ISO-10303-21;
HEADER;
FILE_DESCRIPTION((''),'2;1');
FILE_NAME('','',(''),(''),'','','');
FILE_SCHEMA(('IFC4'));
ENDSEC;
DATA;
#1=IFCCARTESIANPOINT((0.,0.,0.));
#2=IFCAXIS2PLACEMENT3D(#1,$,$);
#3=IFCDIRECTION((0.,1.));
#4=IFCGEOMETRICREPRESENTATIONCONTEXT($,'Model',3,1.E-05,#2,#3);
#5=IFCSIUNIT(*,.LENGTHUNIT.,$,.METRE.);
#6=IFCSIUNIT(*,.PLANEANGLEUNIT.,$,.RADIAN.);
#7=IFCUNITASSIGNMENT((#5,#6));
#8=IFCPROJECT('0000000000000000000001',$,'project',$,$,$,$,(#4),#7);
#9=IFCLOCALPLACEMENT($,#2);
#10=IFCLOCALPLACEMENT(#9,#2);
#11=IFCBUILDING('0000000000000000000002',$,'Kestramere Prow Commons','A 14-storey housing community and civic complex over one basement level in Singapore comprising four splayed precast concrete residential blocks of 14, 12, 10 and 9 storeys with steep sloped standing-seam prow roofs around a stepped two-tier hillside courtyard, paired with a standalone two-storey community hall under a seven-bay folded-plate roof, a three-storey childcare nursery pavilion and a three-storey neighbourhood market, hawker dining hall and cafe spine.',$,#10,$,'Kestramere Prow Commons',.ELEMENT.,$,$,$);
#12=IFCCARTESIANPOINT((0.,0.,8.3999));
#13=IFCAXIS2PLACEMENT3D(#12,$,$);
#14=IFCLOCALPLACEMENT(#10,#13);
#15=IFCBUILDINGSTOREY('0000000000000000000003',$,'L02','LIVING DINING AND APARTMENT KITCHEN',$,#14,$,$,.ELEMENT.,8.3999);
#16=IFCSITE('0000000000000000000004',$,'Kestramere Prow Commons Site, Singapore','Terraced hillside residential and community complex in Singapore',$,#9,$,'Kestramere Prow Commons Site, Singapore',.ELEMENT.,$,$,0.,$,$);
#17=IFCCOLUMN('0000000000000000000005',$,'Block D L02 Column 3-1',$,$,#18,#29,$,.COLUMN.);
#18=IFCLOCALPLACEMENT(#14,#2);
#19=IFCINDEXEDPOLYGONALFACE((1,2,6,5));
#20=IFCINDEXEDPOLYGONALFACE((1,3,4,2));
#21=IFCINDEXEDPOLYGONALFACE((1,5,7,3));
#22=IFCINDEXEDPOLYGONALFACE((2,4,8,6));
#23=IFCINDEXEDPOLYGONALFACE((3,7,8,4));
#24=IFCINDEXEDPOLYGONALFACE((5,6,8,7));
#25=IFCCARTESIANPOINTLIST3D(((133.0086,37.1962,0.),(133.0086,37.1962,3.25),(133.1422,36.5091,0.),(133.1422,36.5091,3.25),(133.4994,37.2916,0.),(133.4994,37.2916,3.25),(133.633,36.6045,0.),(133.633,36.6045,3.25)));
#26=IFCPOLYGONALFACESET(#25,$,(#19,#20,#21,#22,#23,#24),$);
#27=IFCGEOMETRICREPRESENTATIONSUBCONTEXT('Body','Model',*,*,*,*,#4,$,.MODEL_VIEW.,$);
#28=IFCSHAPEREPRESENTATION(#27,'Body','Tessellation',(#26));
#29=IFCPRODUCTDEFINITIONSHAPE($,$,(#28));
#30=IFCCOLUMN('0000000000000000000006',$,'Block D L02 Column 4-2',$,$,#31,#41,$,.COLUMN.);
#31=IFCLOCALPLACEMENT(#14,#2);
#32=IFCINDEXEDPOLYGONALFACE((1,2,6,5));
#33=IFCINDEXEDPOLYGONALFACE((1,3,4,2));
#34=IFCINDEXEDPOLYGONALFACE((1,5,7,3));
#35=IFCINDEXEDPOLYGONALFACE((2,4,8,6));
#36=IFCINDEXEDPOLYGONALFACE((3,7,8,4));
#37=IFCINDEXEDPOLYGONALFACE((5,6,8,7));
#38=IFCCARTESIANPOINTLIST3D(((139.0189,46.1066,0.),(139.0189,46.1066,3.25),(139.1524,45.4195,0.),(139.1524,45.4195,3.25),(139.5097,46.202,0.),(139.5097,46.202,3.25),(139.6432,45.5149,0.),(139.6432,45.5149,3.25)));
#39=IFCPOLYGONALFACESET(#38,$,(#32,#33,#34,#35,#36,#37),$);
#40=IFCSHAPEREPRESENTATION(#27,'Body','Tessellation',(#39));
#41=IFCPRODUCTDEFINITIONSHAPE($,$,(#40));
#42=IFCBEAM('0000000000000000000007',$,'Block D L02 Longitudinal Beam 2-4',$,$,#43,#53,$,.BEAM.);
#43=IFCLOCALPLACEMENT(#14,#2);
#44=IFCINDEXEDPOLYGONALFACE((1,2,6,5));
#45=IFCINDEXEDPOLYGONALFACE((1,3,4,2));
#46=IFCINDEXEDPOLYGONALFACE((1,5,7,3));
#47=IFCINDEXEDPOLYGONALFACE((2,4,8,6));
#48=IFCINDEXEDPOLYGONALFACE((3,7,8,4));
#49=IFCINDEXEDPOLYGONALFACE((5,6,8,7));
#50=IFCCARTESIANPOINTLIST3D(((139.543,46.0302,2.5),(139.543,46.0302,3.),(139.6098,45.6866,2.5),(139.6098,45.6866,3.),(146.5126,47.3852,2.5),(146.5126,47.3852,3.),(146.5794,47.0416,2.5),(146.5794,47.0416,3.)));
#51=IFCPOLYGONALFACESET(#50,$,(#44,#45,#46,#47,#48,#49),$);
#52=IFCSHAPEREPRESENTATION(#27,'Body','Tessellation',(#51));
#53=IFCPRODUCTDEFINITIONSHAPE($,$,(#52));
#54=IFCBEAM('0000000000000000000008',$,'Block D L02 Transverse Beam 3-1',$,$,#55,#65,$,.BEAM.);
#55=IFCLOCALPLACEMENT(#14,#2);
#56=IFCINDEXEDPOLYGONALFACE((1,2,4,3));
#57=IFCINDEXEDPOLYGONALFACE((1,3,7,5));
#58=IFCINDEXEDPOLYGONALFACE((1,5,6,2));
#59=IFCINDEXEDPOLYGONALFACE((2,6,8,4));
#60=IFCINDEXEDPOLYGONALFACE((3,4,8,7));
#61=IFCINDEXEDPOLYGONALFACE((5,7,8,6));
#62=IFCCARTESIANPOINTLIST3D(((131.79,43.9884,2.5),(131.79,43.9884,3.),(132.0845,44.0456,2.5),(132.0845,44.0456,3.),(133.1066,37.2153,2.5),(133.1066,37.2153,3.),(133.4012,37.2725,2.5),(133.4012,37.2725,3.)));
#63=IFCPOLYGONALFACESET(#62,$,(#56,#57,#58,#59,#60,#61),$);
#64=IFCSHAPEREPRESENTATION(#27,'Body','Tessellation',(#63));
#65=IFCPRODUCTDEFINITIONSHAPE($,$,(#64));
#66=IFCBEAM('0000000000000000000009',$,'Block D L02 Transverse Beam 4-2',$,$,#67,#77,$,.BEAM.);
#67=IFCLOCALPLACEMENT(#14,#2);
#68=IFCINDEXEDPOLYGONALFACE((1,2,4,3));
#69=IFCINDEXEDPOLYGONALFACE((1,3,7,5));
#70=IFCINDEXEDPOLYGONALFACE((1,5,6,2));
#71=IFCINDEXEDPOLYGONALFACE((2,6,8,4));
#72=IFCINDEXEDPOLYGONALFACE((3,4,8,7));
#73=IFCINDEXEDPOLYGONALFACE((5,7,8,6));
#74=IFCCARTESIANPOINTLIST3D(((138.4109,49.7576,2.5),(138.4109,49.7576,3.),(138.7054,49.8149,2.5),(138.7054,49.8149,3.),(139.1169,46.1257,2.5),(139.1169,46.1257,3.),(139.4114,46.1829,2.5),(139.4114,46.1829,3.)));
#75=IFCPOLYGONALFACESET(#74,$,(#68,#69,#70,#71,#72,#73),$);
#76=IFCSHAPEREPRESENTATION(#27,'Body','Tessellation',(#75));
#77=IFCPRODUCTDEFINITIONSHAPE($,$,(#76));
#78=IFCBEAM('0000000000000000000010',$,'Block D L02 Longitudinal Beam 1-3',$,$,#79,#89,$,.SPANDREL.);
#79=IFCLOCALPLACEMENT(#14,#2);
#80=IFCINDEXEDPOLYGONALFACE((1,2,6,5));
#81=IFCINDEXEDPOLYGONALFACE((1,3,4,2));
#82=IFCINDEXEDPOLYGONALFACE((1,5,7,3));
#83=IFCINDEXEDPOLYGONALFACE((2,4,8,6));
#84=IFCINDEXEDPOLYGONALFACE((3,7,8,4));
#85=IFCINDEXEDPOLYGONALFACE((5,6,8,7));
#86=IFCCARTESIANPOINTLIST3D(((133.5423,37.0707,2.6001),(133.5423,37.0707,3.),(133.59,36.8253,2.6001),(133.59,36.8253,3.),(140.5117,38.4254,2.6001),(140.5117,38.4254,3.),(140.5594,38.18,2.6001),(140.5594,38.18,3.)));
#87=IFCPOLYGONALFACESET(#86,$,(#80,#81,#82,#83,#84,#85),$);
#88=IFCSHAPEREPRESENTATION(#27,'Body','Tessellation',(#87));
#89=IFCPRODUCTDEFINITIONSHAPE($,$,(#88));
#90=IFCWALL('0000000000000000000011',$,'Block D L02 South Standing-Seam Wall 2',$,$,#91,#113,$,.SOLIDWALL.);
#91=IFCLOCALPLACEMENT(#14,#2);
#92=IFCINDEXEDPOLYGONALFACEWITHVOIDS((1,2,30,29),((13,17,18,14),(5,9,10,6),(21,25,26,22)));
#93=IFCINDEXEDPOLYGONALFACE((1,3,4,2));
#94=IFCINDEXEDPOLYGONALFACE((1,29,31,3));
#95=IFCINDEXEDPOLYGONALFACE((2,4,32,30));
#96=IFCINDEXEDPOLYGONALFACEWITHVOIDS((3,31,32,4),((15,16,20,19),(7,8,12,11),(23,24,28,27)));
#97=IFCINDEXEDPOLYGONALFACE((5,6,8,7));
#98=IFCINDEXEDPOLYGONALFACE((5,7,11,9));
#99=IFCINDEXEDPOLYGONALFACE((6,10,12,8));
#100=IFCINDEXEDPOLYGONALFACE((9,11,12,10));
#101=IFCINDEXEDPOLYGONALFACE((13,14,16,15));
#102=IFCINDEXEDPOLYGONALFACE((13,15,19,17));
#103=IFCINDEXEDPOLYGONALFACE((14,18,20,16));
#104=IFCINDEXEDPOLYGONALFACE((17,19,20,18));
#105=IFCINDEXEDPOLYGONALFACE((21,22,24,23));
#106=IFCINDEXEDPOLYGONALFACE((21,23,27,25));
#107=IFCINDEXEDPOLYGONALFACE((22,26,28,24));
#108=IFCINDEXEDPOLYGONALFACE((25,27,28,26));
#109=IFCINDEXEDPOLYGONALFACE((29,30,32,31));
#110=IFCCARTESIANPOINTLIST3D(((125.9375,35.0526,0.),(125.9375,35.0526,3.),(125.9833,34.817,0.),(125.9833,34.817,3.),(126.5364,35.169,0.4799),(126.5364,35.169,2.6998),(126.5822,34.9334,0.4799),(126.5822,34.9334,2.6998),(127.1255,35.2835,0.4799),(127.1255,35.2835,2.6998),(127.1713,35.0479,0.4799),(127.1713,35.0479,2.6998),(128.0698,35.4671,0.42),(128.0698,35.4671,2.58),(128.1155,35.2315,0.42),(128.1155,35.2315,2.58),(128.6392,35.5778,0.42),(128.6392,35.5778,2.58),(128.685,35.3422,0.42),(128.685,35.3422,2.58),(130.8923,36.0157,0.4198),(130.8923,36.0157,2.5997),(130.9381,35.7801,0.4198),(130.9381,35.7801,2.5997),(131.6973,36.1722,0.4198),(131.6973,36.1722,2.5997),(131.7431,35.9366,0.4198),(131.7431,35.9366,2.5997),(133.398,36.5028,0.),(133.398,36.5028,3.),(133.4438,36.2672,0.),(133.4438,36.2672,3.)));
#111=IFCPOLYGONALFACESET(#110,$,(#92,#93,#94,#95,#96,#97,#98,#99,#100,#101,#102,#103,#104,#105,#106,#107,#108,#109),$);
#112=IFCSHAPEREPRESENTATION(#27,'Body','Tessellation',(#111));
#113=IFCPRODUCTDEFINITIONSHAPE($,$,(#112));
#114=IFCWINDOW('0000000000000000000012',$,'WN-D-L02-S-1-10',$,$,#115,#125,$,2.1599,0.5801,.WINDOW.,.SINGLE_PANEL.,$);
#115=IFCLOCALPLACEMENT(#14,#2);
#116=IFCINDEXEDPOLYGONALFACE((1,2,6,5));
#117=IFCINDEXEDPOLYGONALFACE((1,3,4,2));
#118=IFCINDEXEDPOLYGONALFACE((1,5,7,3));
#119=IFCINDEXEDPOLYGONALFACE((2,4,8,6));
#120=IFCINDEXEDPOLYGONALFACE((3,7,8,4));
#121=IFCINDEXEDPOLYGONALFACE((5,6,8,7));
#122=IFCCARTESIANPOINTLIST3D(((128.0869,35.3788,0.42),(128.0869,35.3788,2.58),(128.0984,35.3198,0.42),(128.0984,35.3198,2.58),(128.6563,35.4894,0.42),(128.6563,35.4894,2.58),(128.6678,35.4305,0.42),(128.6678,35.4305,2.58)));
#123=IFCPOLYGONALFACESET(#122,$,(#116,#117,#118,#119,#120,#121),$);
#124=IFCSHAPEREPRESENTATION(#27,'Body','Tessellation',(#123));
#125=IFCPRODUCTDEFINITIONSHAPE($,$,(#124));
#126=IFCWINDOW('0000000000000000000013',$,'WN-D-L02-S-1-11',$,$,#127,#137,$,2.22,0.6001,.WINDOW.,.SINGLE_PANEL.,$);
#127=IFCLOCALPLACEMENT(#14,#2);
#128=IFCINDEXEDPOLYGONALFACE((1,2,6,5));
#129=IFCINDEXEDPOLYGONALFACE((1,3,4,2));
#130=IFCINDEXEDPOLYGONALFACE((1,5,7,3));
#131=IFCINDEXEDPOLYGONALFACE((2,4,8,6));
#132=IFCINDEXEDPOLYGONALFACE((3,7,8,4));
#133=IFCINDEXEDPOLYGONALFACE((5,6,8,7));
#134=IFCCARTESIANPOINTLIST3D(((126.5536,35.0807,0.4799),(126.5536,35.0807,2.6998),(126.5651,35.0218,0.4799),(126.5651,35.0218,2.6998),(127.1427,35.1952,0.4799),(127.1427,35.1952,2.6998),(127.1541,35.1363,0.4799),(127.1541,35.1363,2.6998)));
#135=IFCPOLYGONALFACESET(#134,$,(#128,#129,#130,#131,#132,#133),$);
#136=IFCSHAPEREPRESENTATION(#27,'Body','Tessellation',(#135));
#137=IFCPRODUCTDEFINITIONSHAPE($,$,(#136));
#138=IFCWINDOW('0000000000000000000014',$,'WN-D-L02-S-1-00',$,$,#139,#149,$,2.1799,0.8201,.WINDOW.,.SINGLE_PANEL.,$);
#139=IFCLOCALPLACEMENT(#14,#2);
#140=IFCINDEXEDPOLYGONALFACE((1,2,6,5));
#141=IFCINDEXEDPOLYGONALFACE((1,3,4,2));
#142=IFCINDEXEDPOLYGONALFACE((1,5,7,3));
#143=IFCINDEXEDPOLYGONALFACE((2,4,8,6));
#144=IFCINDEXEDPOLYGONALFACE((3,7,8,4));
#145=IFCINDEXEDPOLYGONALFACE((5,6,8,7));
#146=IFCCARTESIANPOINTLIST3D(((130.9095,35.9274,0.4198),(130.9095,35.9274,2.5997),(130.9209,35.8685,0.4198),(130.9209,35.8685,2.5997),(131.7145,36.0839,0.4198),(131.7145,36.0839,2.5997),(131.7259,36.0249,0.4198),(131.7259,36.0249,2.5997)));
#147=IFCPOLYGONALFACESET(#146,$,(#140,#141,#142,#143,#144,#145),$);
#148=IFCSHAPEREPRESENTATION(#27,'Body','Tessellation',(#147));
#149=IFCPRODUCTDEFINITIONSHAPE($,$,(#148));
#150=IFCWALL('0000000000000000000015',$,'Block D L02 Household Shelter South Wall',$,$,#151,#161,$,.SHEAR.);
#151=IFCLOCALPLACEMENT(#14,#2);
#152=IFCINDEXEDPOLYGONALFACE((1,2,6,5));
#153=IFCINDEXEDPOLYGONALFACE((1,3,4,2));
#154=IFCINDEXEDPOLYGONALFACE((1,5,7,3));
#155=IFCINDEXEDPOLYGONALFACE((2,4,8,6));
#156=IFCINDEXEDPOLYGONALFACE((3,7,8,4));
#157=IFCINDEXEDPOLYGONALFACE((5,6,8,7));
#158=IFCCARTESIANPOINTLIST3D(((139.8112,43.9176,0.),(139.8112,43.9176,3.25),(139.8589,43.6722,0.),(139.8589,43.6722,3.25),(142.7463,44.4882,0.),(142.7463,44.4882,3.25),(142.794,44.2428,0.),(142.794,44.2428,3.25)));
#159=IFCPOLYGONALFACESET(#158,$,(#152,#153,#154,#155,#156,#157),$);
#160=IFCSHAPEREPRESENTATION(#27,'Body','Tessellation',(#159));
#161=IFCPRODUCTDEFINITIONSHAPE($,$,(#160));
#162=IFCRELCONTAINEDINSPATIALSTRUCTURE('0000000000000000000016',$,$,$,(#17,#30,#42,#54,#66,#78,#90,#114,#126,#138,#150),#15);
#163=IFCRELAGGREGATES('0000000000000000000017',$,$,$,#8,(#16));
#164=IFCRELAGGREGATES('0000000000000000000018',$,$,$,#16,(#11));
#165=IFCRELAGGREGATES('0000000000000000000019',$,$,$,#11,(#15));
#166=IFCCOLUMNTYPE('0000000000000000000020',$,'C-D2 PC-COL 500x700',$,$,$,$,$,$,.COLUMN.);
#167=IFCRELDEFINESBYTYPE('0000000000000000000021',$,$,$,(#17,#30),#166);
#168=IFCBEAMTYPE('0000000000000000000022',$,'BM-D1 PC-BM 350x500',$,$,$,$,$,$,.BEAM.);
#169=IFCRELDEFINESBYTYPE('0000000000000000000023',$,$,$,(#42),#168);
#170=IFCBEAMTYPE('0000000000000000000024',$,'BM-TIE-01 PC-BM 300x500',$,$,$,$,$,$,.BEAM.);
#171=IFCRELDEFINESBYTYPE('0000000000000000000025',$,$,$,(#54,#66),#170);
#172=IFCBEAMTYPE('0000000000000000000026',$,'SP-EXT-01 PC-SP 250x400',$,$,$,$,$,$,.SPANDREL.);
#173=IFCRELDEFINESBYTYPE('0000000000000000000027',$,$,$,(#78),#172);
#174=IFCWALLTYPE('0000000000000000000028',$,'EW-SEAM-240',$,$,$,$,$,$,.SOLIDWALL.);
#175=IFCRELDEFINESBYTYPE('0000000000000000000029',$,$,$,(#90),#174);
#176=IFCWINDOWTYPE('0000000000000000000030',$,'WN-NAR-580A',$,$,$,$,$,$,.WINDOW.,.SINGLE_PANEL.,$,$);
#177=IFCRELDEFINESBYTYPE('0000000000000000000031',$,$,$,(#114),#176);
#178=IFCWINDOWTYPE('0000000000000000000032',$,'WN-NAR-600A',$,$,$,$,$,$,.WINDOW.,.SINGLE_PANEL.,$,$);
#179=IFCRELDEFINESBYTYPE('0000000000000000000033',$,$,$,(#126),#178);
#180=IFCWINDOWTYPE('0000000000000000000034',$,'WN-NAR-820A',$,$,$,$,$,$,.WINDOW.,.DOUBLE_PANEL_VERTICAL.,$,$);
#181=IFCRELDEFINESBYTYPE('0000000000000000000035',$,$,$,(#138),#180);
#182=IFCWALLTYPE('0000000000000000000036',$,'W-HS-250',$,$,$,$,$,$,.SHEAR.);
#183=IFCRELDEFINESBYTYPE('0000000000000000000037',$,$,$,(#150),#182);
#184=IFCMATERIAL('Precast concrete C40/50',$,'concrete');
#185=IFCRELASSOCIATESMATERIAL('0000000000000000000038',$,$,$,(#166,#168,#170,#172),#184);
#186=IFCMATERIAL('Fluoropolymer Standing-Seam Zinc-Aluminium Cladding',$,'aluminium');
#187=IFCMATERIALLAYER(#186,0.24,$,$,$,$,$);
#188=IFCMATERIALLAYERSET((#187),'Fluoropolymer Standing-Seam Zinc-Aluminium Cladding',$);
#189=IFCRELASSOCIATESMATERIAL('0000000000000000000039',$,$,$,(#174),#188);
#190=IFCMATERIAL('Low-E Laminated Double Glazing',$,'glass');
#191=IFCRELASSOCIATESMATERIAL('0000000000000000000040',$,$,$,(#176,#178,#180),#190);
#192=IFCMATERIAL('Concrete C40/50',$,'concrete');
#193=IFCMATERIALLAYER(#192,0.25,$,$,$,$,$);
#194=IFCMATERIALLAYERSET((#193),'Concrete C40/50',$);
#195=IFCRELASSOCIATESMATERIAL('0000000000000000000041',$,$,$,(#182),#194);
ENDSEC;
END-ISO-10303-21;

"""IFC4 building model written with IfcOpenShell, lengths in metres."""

from ifc_helpers import new_model, si_unit, direction, frame, frame_2d, origin, origin_2d, place, context, subcontext, project, spatial, rectangle, extrude, material, layer, layer_set, material_profile, profile_set, type_object, element, fill, save


model = new_model("IFC4")

# Units and contexts
model_context = context("Model", 3, precision=1e-05, world=origin(), true_north=direction((0.0, 1.0)))
body_context = subcontext(model_context, "Body", "Model", "MODEL_VIEW")
ifc_project = project(units=[si_unit("LENGTHUNIT", "METRE"), si_unit("PLANEANGLEUNIT", "RADIAN")], contexts=[model_context])

# Site, building, storey
site_placement = place(None, origin())
site = spatial("IfcSite", under=ifc_project, at=site_placement, Name="Kestramere Prow Commons Site, Singapore", Description="Terraced hillside residential and community complex in Singapore", LongName="Kestramere Prow Commons Site, Singapore", CompositionType="ELEMENT", RefElevation=0.0)
building_placement = place(site_placement, origin())
building = spatial("IfcBuilding", under=site, at=building_placement, Name="Kestramere Prow Commons", Description="A 14-storey housing community and civic complex over one basement level in Singapore comprising four splayed precast concrete residential blocks of 14, 12, 10 and 9 storeys with steep sloped standing-seam prow roofs around a stepped two-tier hillside courtyard, paired with a standalone two-storey community hall under a seven-bay folded-plate roof, a three-storey childcare nursery pavilion and a three-storey neighbourhood market, hawker dining hall and cafe spine.", LongName="Kestramere Prow Commons", CompositionType="ELEMENT")
storey_placement = place(building_placement, frame((0.0, 0.0, 8.3999)))
storey = spatial("IfcBuildingStorey", under=building, at=storey_placement, Name="L02", Description="LIVING DINING AND APARTMENT KITCHEN", CompositionType="ELEMENT", Elevation=8.3999)

# Columns
ifc_material_1 = material(Name="Precast concrete C40/50", Category="concrete")
ifc_material_profile_1 = material_profile(ifc_material_1, rectangle(XDim=0.5, YDim=0.7, at=origin_2d()), Name="PC-COL 500x700")
ifc_profile_set_1 = profile_set([ifc_material_profile_1], Name="Precast concrete C40/50")
column_type = type_object("IfcColumnType", Name="C-D2 PC-COL 500x700", PredefinedType="COLUMN", material=ifc_profile_set_1)
for number, where, z_axis, x_axis, name in (
    (1, (133.3208, 36.9004, 0.0), (0.0, 0.0, 1.0), (0.981627, 0.190809, 0.0), "Block D L02 Column 3-1"),
    (2, (139.3311, 45.8108, 0.0), (0.0, 0.0, 1.0), (0.981627, 0.190809, 0.0), "Block D L02 Column 4-2"),
):
    element("IfcColumn", number, at=place(storey_placement, frame(where, z_axis=z_axis, x_axis=x_axis)), inside=storey, type_object=column_type, Name=name, PredefinedType="COLUMN", context=body_context, shape_type="SweptSolid", body=[
        extrude(rectangle(XDim=0.5, YDim=0.7, at=origin_2d()), origin(), (0.0, 0.0, 1.0), 3.25),
    ])

# Beams
ifc_material_profile_2 = material_profile(ifc_material_1, rectangle(XDim=0.3501, YDim=0.5, at=origin_2d()), Name="PC-BM 350x500")
ifc_profile_set_2 = profile_set([ifc_material_profile_2], Name="Precast concrete C40/50")
beam_type_1 = type_object("IfcBeamType", Name="BM-D1 PC-BM 350x500", PredefinedType="BEAM", material=ifc_profile_set_2)
beam_1_placement = place(storey_placement, frame((139.5764, 45.8584, 2.75), z_axis=(0.981621, 0.190843, 0.0), x_axis=(-0.190843, 0.981621, 0.0)))
element("IfcBeam", 3, at=beam_1_placement, inside=storey, type_object=beam_type_1, Name="Block D L02 Longitudinal Beam 2-4", PredefinedType="BEAM", context=body_context, shape_type="SweptSolid", body=[
    extrude(rectangle(XDim=0.3501, YDim=0.5, at=origin_2d()), origin(), (0.0, 0.0, 1.0), 7.1001),
])
ifc_material_profile_3 = material_profile(ifc_material_1, rectangle(XDim=0.3, YDim=0.5, at=origin_2d()), Name="PC-BM 300x500")
ifc_profile_set_3 = profile_set([ifc_material_profile_3], Name="Precast concrete C40/50")
beam_type_2 = type_object("IfcBeamType", Name="BM-TIE-01 PC-BM 300x500", PredefinedType="BEAM", material=ifc_profile_set_3)
beam_2_placement = place(storey_placement, frame((133.2539, 37.2439, 2.75), z_axis=(-0.190819, 0.981625, 0.0), x_axis=(-0.981625, -0.190819, 0.0)))
element("IfcBeam", 4, at=beam_2_placement, inside=storey, type_object=beam_type_2, Name="Block D L02 Transverse Beam 3-1", PredefinedType="BEAM", context=body_context, shape_type="SweptSolid", body=[
    extrude(rectangle(XDim=0.3, YDim=0.5, at=origin_2d()), origin(), (0.0, 0.0, 1.0), 6.8999),
])
beam_3_placement = place(storey_placement, frame((139.2642, 46.1543, 2.75), z_axis=(-0.190822, 0.981625, 0.0), x_axis=(-0.981625, -0.190822, 0.0)))
element("IfcBeam", 5, at=beam_3_placement, inside=storey, type_object=beam_type_2, Name="Block D L02 Transverse Beam 4-2", PredefinedType="BEAM", context=body_context, shape_type="SweptSolid", body=[
    extrude(rectangle(XDim=0.3, YDim=0.5, at=origin_2d()), origin(), (0.0, 0.0, 1.0), 3.7),
])
ifc_material_profile_4 = material_profile(ifc_material_1, rectangle(XDim=0.25, YDim=0.3999, at=origin_2d()), Name="PC-SP 250x400")
ifc_profile_set_4 = profile_set([ifc_material_profile_4], Name="Precast concrete C40/50")
beam_type_3 = type_object("IfcBeamType", Name="SP-EXT-01 PC-SP 250x400", PredefinedType="SPANDREL", material=ifc_profile_set_4)
beam_4_placement = place(storey_placement, frame((133.5662, 36.948, 2.8), z_axis=(0.981627, 0.19081, 0.0), x_axis=(-0.19081, 0.981627, 0.0)))
element("IfcBeam", 6, at=beam_4_placement, inside=storey, type_object=beam_type_3, Name="Block D L02 Longitudinal Beam 1-3", PredefinedType="SPANDREL", context=body_context, shape_type="SweptSolid", body=[
    extrude(rectangle(XDim=0.25, YDim=0.3999, at=origin_2d()), origin(), (0.0, 0.0, 1.0), 7.0999),
])

# Wall, openings, windows
ifc_material_2 = material(Name="Fluoropolymer Standing-Seam Zinc-Aluminium Cladding", Category="aluminium")
ifc_layer_1 = layer(ifc_material_2, 0.24)
ifc_layer_set_1 = layer_set([ifc_layer_1], Name="Fluoropolymer Standing-Seam Zinc-Aluminium Cladding")
wall_type_1 = type_object("IfcWallType", Name="EW-SEAM-240", PredefinedType="SOLIDWALL", material=ifc_layer_set_1)
wall_1_placement = place(storey_placement, frame((133.4209, 36.385, 0.0), z_axis=(0.0, 0.0, 1.0), x_axis=(-0.981626, -0.190813, 0.0)))
wall_1 = element("IfcWall", 7, at=wall_1_placement, inside=storey, type_object=wall_type_1, Name="Block D L02 South Standing-Seam Wall 2", PredefinedType="SOLIDWALL", context=body_context, shape_type="SweptSolid", body=[
    extrude(rectangle(XDim=7.6001, YDim=0.24, at=frame_2d((3.8, 0.0))), origin(), (0.0, 0.0, 1.0), 3.0),
])
opening_1_placement = place(wall_1_placement, frame((1.7324, 0.0, 0.4199)))
opening_1 = element("IfcOpeningElement", 8, at=opening_1_placement, cuts=wall_1, PredefinedType="OPENING", context=body_context, shape_type="SweptSolid", body=[
    extrude(rectangle(XDim=0.8201, YDim=2.1799, at=frame_2d((0.4102, 1.0898))), frame((0.0, 0.135, 0.0), z_axis=(0.0, -1.0, 0.0), x_axis=(1.0, 0.0, 0.0)), (0.0, 0.0, 1.0), 0.27),
])
opening_2_placement = place(wall_1_placement, frame((4.8479, 0.0, 0.4199)))
opening_2 = element("IfcOpeningElement", 9, at=opening_2_placement, cuts=wall_1, PredefinedType="OPENING", context=body_context, shape_type="SweptSolid", body=[
    extrude(rectangle(XDim=0.5801, YDim=2.1599, at=frame_2d((0.29, 1.0801))), frame((0.0, 0.135, 0.0), z_axis=(0.0, -1.0, 0.0), x_axis=(1.0, 0.0, 0.0)), (0.0, 0.0, 1.0), 0.27),
])
opening_3_placement = place(wall_1_placement, frame((6.3899, 0.0, 0.48)))
opening_3 = element("IfcOpeningElement", 10, at=opening_3_placement, cuts=wall_1, PredefinedType="OPENING", context=body_context, shape_type="SweptSolid", body=[
    extrude(rectangle(XDim=0.6001, YDim=2.22, at=frame_2d((0.3, 1.1099))), frame((0.0, 0.135, 0.0), z_axis=(0.0, -1.0, 0.0), x_axis=(1.0, 0.0, 0.0)), (0.0, 0.0, 1.0), 0.27),
])
ifc_material_3 = material(Name="Low-E Laminated Double Glazing", Category="glass")
window_type_1 = type_object("IfcWindowType", Name="WN-NAR-580A", PartitioningType="SINGLE_PANEL", PredefinedType="WINDOW", material=ifc_material_3)
window_1_placement = place(opening_2_placement, origin())
window_1 = element("IfcWindow", 11, at=window_1_placement, inside=storey, type_object=window_type_1, Name="WN-D-L02-S-1-10", OverallHeight=2.1599, OverallWidth=0.5801, PartitioningType="SINGLE_PANEL", PredefinedType="WINDOW", context=body_context, shape_type="SweptSolid", body=[
    extrude(rectangle(XDim=0.5801, YDim=2.1599, at=frame_2d((0.29, 1.0801))), frame((0.0, 0.03, 0.0), z_axis=(0.0, -1.0, 0.0), x_axis=(1.0, 0.0, 0.0)), (0.0, 0.0, 1.0), 0.0601),
])
fill(opening_2, window_1)
window_type_2 = type_object("IfcWindowType", Name="WN-NAR-600A", PartitioningType="SINGLE_PANEL", PredefinedType="WINDOW", material=ifc_material_3)
window_2_placement = place(opening_3_placement, origin())
window_2 = element("IfcWindow", 12, at=window_2_placement, inside=storey, type_object=window_type_2, Name="WN-D-L02-S-1-11", OverallHeight=2.22, OverallWidth=0.6001, PartitioningType="SINGLE_PANEL", PredefinedType="WINDOW", context=body_context, shape_type="SweptSolid", body=[
    extrude(rectangle(XDim=0.6001, YDim=2.22, at=frame_2d((0.3, 1.1099))), frame((0.0, 0.03, 0.0), z_axis=(0.0, -1.0, 0.0), x_axis=(1.0, 0.0, 0.0)), (0.0, 0.0, 1.0), 0.0601),
])
fill(opening_3, window_2)
window_type_3 = type_object("IfcWindowType", Name="WN-NAR-820A", PartitioningType="DOUBLE_PANEL_VERTICAL", PredefinedType="WINDOW", material=ifc_material_3)
window_3_placement = place(opening_1_placement, origin())
window_3 = element("IfcWindow", 13, at=window_3_placement, inside=storey, type_object=window_type_3, Name="WN-D-L02-S-1-00", OverallHeight=2.1799, OverallWidth=0.8201, PartitioningType="SINGLE_PANEL", PredefinedType="WINDOW", context=body_context, shape_type="SweptSolid", body=[
    extrude(rectangle(XDim=0.8201, YDim=2.1799, at=frame_2d((0.4102, 1.0898))), frame((0.0, 0.03, 0.0), z_axis=(0.0, -1.0, 0.0), x_axis=(1.0, 0.0, 0.0)), (0.0, 0.0, 1.0), 0.0601),
])
fill(opening_1, window_3)

# Wall
ifc_material_4 = material(Name="Concrete C40/50", Category="concrete")
ifc_layer_2 = layer(ifc_material_4, 0.25)
ifc_layer_set_2 = layer_set([ifc_layer_2], Name="Concrete C40/50")
wall_type_2 = type_object("IfcWallType", Name="W-HS-250", PredefinedType="SHEAR", material=ifc_layer_set_2)
wall_2_placement = place(storey_placement, frame((139.835, 43.7949, 0.0), z_axis=(0.0, 0.0, 1.0), x_axis=(0.981625, 0.190822, 0.0)))
element("IfcWall", 14, at=wall_2_placement, inside=storey, type_object=wall_type_2, Name="Block D L02 Household Shelter South Wall", PredefinedType="SHEAR", context=body_context, shape_type="SweptSolid", body=[
    extrude(rectangle(XDim=2.99, YDim=0.25, at=frame_2d((1.4951, 0.0))), origin(), (0.0, 0.0, 1.0), 3.25),
])

save(model, "model.ifc")
